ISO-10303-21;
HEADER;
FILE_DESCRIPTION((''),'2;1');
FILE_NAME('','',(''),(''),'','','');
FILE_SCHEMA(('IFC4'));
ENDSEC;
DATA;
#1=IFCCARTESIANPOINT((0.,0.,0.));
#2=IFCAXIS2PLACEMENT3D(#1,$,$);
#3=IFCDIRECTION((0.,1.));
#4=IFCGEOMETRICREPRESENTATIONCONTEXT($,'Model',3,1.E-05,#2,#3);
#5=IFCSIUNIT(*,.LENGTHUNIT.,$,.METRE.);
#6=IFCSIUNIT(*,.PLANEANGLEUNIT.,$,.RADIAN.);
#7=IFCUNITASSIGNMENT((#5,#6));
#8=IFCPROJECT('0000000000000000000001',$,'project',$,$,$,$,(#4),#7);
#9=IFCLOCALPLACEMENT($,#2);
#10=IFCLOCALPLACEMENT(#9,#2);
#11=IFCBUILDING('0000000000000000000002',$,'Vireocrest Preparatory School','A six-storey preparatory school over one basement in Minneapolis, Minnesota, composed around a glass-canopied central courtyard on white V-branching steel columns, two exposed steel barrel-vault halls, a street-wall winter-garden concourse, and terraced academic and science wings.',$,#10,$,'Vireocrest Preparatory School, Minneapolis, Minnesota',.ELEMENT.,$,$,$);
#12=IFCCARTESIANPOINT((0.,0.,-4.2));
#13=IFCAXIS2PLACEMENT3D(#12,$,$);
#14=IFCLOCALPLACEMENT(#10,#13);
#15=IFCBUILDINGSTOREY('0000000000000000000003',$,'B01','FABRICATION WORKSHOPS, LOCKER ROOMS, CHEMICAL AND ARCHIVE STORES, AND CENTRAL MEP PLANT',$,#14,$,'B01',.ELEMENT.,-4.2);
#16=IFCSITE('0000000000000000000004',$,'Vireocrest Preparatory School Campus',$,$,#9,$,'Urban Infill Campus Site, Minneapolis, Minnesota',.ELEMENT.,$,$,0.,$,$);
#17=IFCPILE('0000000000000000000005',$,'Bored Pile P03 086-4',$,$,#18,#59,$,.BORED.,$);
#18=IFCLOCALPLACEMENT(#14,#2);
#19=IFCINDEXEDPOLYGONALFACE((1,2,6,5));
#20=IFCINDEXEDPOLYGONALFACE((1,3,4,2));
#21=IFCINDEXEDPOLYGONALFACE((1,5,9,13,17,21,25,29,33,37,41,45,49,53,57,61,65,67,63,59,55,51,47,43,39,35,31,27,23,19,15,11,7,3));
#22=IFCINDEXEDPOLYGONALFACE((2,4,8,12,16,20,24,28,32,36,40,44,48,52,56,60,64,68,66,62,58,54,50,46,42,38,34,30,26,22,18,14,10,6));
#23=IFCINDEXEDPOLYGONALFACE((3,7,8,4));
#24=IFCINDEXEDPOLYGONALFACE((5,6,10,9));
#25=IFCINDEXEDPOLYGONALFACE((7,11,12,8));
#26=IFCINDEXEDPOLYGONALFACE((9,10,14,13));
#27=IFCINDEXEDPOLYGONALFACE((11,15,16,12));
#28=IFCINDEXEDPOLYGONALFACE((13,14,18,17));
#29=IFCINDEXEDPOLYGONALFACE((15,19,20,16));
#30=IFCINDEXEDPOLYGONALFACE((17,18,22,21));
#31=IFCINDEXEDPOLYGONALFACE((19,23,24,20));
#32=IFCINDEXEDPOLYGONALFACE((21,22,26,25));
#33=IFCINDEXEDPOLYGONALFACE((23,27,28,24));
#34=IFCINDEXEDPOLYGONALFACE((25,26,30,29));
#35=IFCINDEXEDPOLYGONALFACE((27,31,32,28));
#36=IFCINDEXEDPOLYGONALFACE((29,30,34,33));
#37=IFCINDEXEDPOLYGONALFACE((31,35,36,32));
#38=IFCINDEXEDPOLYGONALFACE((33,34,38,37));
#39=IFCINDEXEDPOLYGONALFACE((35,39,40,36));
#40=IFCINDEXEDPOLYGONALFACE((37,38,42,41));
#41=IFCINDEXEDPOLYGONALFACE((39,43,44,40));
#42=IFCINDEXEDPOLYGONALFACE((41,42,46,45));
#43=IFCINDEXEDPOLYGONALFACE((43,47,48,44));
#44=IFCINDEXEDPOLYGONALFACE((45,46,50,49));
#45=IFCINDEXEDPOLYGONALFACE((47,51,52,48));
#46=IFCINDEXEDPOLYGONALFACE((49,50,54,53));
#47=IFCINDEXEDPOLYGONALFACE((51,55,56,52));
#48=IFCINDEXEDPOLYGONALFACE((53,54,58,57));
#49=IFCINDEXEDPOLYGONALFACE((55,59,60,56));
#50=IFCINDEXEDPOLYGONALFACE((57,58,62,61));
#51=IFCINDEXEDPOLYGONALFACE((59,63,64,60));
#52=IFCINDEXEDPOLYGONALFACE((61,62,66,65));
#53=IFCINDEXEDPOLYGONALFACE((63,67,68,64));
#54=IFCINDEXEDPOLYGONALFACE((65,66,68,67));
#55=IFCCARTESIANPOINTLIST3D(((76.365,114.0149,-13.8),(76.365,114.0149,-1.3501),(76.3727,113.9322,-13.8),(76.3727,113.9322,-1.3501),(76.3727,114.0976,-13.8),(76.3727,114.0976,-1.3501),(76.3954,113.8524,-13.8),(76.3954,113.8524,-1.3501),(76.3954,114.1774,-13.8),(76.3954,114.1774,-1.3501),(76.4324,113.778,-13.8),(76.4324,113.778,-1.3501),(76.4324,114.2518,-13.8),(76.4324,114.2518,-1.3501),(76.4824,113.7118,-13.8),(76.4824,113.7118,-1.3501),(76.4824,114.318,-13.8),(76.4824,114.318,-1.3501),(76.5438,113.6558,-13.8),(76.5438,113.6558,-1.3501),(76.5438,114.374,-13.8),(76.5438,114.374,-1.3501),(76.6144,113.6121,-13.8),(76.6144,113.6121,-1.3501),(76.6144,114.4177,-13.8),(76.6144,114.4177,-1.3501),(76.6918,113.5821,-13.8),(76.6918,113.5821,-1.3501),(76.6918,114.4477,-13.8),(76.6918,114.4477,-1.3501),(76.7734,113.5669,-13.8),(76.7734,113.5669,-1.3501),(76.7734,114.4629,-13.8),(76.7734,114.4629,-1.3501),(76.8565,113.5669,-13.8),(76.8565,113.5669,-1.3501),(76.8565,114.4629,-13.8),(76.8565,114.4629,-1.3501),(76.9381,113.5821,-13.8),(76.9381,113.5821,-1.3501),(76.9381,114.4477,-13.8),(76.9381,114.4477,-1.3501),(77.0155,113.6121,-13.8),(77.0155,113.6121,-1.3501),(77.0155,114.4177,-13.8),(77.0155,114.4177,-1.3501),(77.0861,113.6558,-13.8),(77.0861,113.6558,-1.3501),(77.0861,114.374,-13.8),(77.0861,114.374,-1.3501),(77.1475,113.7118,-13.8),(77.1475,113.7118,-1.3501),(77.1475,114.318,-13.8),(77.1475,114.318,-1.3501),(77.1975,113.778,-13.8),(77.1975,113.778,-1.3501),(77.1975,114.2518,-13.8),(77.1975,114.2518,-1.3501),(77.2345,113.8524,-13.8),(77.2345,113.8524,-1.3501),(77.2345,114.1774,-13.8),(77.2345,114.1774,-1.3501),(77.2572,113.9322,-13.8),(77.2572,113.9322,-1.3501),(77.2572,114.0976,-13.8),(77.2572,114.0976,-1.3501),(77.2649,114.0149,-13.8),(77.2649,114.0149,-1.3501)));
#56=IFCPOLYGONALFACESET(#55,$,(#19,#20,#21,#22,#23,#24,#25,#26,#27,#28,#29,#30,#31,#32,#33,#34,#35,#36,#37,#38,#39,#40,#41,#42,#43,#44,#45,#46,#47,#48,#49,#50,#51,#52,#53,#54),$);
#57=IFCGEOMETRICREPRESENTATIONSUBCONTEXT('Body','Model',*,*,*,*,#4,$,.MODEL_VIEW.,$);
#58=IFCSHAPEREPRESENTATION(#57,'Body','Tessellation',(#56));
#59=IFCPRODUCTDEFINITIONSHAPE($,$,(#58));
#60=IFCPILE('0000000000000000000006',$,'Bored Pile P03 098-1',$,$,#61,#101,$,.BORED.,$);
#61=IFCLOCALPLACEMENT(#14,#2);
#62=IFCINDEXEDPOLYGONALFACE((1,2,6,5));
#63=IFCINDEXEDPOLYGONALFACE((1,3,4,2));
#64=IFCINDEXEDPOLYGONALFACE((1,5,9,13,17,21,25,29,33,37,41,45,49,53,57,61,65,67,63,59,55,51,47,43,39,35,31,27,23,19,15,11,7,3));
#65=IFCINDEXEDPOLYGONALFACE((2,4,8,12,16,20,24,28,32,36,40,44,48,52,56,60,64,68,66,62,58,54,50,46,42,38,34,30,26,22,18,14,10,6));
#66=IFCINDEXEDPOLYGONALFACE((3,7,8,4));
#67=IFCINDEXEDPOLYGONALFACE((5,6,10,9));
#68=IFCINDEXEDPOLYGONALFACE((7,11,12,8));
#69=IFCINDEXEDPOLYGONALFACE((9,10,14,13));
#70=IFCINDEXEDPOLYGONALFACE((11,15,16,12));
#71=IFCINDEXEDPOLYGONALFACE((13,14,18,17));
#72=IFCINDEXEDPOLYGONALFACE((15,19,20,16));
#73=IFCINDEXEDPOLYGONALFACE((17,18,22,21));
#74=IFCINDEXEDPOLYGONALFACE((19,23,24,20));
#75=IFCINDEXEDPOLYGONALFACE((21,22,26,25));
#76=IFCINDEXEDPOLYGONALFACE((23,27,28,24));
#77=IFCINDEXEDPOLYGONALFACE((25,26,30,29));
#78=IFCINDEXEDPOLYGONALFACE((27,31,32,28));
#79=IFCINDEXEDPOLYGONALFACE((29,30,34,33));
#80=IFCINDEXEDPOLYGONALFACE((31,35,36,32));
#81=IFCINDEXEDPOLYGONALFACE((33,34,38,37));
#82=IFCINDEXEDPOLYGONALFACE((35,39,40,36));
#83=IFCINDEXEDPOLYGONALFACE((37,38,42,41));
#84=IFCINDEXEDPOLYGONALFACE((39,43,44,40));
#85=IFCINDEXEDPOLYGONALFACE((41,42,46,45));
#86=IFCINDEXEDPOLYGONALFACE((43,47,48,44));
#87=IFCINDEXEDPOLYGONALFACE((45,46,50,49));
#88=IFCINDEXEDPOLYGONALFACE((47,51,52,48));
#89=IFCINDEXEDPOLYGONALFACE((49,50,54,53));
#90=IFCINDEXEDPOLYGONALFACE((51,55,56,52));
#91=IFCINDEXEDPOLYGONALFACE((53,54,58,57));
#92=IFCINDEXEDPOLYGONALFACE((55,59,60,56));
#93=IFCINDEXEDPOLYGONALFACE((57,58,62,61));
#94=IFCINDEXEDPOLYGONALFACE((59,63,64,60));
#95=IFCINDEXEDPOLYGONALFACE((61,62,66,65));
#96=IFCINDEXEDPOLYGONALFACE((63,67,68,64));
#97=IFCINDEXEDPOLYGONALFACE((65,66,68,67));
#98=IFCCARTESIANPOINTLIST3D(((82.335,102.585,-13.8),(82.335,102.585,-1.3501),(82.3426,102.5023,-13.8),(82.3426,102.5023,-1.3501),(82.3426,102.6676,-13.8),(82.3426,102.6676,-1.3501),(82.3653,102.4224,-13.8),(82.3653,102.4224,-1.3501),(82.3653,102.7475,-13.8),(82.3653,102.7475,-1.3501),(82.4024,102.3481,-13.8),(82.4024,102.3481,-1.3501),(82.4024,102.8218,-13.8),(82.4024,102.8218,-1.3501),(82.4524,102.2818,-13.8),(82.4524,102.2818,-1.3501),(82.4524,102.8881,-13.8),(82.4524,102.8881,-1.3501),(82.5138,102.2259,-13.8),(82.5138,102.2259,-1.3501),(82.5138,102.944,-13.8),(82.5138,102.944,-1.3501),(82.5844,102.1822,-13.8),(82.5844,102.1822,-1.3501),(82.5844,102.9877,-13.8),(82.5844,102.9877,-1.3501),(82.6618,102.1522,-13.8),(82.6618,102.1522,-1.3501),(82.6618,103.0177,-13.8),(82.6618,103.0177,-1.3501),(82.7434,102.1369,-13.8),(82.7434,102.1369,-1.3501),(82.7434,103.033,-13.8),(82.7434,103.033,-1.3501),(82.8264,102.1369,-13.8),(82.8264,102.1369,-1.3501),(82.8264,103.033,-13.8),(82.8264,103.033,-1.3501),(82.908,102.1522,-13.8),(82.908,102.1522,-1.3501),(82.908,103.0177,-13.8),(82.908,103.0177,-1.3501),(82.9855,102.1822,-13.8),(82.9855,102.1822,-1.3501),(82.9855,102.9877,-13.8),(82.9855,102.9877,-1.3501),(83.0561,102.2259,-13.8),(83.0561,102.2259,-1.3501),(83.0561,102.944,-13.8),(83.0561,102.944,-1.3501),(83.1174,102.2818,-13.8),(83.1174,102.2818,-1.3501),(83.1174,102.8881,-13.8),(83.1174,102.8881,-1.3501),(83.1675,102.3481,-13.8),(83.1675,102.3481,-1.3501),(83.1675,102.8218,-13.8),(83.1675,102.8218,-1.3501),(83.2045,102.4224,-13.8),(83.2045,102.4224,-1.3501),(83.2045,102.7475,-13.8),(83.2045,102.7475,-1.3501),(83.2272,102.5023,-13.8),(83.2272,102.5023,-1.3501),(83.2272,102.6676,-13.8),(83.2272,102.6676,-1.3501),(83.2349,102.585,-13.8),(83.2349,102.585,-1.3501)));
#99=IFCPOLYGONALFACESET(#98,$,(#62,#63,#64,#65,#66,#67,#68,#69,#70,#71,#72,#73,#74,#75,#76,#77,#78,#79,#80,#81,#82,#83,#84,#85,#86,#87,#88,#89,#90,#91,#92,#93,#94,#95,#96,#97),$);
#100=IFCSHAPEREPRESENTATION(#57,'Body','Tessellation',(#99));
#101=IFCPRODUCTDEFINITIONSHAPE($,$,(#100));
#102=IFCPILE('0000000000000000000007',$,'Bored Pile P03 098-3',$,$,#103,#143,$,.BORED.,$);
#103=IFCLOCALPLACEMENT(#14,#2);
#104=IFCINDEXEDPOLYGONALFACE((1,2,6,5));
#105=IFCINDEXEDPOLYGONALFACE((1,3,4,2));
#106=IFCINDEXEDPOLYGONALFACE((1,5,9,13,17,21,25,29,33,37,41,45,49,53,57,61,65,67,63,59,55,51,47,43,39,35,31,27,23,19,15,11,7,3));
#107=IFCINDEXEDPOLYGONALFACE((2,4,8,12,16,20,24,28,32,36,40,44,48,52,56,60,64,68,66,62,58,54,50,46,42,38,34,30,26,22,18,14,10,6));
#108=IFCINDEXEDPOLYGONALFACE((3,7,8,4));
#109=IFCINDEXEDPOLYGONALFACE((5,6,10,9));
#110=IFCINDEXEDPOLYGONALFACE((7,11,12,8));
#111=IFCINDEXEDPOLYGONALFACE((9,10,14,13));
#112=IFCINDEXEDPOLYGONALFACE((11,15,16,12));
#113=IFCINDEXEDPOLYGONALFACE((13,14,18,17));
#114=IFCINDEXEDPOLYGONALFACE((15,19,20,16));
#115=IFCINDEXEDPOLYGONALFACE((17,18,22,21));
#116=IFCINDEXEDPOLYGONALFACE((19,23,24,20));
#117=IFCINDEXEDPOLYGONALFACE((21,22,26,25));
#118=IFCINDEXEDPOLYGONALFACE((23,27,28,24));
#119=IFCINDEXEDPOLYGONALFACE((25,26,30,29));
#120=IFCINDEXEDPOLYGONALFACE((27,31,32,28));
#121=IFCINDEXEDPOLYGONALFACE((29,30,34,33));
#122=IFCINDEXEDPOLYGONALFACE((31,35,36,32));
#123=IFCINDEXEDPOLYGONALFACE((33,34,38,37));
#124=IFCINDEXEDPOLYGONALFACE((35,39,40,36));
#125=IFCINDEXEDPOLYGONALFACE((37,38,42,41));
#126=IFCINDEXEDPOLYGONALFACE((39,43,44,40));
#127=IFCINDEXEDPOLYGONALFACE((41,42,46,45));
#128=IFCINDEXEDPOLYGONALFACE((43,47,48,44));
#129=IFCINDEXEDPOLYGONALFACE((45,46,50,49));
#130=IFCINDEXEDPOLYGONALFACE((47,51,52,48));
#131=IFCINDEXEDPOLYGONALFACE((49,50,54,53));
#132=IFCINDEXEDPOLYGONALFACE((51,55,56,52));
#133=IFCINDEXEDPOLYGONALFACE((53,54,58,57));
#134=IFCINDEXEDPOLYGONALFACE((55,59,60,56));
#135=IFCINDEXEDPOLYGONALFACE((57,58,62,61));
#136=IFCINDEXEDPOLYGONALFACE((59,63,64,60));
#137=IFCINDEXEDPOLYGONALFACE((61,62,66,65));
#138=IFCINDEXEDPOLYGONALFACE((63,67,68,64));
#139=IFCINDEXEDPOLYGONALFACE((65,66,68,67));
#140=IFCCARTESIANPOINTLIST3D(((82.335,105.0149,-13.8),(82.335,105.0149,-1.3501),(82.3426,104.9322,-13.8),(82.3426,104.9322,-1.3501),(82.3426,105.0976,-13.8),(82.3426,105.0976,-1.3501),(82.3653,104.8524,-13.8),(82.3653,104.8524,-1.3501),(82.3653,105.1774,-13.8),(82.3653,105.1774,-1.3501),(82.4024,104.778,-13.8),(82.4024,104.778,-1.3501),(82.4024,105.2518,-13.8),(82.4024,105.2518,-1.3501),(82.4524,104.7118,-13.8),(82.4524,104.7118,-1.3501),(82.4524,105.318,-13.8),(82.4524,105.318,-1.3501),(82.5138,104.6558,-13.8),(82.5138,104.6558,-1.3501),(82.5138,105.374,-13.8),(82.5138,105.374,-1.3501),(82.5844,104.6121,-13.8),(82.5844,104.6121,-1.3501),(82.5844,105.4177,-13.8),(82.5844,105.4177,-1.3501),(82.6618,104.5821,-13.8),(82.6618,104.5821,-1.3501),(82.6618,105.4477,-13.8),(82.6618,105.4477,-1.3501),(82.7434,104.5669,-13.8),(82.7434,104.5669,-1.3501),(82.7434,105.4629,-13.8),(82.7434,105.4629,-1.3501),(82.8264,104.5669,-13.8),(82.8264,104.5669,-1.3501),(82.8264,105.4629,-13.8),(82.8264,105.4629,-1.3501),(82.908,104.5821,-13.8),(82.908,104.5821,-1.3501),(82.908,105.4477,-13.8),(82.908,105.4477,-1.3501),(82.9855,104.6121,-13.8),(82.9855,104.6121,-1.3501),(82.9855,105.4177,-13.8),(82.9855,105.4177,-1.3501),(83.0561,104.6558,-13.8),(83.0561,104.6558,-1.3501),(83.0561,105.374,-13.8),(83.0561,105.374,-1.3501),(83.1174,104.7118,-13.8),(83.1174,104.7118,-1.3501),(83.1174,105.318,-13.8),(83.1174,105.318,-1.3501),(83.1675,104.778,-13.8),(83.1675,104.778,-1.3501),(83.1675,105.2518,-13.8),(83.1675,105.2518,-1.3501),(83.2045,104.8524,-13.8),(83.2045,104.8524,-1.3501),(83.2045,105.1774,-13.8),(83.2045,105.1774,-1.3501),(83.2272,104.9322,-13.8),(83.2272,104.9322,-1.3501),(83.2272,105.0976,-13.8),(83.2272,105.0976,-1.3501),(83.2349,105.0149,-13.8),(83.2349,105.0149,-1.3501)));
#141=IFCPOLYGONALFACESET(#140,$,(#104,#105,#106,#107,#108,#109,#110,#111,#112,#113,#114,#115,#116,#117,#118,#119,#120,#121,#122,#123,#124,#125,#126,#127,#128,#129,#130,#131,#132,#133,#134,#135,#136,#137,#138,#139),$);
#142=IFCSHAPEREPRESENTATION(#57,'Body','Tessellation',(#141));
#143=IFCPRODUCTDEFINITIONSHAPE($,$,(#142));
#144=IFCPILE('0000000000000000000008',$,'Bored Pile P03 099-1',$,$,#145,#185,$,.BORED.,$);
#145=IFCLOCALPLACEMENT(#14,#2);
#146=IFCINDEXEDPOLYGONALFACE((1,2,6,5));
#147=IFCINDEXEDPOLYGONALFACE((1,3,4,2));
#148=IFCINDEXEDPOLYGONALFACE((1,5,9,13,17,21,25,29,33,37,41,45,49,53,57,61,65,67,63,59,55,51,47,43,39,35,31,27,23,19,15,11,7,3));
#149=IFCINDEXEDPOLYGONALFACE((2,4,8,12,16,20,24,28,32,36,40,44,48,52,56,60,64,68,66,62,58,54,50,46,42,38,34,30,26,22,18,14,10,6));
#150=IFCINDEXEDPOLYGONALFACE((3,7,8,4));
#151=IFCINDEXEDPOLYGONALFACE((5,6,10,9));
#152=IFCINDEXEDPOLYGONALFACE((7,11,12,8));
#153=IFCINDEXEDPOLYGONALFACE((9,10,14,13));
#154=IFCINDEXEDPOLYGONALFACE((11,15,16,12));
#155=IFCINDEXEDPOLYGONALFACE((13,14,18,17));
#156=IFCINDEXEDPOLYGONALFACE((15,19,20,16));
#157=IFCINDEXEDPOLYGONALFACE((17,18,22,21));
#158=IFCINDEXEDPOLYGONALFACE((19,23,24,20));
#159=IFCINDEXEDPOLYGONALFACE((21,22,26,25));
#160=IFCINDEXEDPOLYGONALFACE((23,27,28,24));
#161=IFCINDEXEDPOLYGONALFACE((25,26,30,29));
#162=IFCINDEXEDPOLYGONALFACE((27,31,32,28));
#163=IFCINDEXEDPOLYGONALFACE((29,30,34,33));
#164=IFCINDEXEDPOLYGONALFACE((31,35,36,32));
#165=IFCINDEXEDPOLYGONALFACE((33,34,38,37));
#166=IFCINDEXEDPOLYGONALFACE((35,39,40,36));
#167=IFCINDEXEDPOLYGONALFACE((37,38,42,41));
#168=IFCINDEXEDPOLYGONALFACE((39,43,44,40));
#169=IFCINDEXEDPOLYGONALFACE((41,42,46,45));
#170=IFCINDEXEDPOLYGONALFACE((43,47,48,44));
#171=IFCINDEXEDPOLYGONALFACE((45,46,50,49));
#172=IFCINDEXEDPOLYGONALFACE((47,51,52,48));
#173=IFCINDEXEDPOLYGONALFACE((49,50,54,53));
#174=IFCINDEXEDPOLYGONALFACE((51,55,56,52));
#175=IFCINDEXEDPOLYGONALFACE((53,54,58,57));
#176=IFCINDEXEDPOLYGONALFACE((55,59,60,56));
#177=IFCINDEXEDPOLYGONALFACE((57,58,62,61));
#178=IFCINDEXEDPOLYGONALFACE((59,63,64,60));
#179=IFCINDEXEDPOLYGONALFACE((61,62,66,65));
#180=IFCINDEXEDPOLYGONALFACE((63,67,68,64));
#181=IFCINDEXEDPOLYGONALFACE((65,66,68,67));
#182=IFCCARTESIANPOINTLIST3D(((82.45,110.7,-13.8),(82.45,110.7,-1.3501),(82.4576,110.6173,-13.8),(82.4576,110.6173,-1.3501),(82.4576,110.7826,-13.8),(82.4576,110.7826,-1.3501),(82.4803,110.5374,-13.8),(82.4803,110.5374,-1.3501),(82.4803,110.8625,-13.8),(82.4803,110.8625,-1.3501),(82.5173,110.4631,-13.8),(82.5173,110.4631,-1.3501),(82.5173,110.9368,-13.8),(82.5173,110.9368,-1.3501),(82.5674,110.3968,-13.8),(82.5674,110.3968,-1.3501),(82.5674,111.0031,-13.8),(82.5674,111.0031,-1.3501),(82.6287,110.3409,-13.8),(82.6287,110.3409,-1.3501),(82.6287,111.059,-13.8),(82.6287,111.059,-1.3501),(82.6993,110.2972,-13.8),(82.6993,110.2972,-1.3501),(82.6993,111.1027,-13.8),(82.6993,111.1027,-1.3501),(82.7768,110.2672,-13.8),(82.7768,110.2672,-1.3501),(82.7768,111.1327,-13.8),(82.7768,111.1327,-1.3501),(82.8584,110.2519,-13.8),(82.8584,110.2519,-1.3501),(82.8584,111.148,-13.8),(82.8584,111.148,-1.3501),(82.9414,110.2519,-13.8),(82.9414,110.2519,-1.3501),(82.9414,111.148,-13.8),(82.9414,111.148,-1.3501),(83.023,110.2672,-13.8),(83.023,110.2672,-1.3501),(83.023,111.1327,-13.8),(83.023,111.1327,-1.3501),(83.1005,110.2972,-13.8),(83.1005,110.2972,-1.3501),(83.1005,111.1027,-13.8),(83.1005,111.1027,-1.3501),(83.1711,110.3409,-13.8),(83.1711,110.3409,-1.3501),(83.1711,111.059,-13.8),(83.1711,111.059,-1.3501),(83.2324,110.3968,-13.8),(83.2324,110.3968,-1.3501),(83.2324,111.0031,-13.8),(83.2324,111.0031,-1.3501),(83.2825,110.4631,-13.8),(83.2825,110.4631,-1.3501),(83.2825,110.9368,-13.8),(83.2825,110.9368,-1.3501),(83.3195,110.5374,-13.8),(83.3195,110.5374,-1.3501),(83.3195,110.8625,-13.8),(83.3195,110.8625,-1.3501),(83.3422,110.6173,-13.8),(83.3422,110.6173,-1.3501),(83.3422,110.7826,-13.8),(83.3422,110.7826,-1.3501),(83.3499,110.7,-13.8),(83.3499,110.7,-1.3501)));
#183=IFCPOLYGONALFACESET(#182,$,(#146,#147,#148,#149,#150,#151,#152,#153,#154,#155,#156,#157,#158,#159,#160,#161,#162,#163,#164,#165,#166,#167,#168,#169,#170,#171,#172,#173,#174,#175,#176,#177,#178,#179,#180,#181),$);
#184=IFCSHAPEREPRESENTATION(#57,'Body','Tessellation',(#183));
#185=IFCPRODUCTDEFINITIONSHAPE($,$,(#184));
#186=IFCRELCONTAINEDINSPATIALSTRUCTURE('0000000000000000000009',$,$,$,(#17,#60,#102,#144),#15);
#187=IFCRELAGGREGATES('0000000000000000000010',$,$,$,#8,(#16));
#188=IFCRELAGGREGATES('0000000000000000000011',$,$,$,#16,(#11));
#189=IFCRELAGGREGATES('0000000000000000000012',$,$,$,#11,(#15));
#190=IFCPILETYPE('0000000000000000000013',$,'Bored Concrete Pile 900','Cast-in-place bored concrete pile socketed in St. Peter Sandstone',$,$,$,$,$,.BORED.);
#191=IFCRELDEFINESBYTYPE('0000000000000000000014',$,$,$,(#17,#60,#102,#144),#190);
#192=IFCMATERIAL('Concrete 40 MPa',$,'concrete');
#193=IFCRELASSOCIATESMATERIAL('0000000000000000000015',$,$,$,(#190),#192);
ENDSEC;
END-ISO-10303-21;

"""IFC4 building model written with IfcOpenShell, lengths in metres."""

from ifc_helpers import new_model, si_unit, direction, frame, origin, origin_2d, place, context, subcontext, project, spatial, circle, extrude, material, material_profile, profile_set, type_object, element, save


model = new_model("IFC4")

# Units and contexts
model_context = context("Model", 3, precision=1e-05, world=origin(), true_north=direction((0.0, 1.0)))
body_context = subcontext(model_context, "Body", "Model", "MODEL_VIEW")
ifc_project = project(units=[si_unit("LENGTHUNIT", "METRE"), si_unit("PLANEANGLEUNIT", "RADIAN")], contexts=[model_context])

# Site, building, storey
site_placement = place(None, origin())
site = spatial("IfcSite", under=ifc_project, at=site_placement, Name="Vireocrest Preparatory School Campus", LongName="Urban Infill Campus Site, Minneapolis, Minnesota", CompositionType="ELEMENT", RefElevation=0.0)
building_placement = place(site_placement, origin())
building = spatial("IfcBuilding", under=site, at=building_placement, Name="Vireocrest Preparatory School", Description="A six-storey preparatory school over one basement in Minneapolis, Minnesota, composed around a glass-canopied central courtyard on white V-branching steel columns, two exposed steel barrel-vault halls, a street-wall winter-garden concourse, and terraced academic and science wings.", LongName="Vireocrest Preparatory School, Minneapolis, Minnesota", CompositionType="ELEMENT")
storey_placement = place(building_placement, frame((0.0, 0.0, -4.2)))
storey = spatial("IfcBuildingStorey", under=building, at=storey_placement, Name="B01", Description="FABRICATION WORKSHOPS, LOCKER ROOMS, CHEMICAL AND ARCHIVE STORES, AND CENTRAL MEP PLANT", LongName="B01", CompositionType="ELEMENT", Elevation=-4.2)

# Piles
ifc_material_1 = material(Name="Concrete 40 MPa", Category="concrete")
ifc_material_profile_1 = material_profile(ifc_material_1, circle(Radius=0.45, at=origin_2d()), Name="BORED PILE 900")
ifc_profile_set_1 = profile_set([ifc_material_profile_1], Name="Concrete 40 MPa")
pile_type = type_object("IfcPileType", Name="Bored Concrete Pile 900", Description="Cast-in-place bored concrete pile socketed in St. Peter Sandstone", PredefinedType="BORED", material=ifc_profile_set_1)
for number, where, z_axis, x_axis, name in (
    (1, (76.8149, 114.0149, -1.3501), (0.0, 0.0, -1.0), (1.0, 0.0, 0.0), "Bored Pile P03 086-4"),
    (2, (82.7849, 102.585, -1.3501), (0.0, 0.0, -1.0), (1.0, 0.0, 0.0), "Bored Pile P03 098-1"),
    (3, (82.7849, 105.0149, -1.3501), (0.0, 0.0, -1.0), (1.0, 0.0, 0.0), "Bored Pile P03 098-3"),
    (4, (82.8999, 110.7, -1.3501), (0.0, 0.0, -1.0), (1.0, 0.0, 0.0), "Bored Pile P03 099-1"),
):
    element("IfcPile", number, at=place(storey_placement, frame(where, z_axis=z_axis, x_axis=x_axis)), inside=storey, type_object=pile_type, Name=name, PredefinedType="BORED", context=body_context, shape_type="SweptSolid", body=[
        extrude(circle(Radius=0.45, at=origin_2d()), origin(), (0.0, 0.0, 1.0), 12.45),
    ])

save(model, "model.ifc")
